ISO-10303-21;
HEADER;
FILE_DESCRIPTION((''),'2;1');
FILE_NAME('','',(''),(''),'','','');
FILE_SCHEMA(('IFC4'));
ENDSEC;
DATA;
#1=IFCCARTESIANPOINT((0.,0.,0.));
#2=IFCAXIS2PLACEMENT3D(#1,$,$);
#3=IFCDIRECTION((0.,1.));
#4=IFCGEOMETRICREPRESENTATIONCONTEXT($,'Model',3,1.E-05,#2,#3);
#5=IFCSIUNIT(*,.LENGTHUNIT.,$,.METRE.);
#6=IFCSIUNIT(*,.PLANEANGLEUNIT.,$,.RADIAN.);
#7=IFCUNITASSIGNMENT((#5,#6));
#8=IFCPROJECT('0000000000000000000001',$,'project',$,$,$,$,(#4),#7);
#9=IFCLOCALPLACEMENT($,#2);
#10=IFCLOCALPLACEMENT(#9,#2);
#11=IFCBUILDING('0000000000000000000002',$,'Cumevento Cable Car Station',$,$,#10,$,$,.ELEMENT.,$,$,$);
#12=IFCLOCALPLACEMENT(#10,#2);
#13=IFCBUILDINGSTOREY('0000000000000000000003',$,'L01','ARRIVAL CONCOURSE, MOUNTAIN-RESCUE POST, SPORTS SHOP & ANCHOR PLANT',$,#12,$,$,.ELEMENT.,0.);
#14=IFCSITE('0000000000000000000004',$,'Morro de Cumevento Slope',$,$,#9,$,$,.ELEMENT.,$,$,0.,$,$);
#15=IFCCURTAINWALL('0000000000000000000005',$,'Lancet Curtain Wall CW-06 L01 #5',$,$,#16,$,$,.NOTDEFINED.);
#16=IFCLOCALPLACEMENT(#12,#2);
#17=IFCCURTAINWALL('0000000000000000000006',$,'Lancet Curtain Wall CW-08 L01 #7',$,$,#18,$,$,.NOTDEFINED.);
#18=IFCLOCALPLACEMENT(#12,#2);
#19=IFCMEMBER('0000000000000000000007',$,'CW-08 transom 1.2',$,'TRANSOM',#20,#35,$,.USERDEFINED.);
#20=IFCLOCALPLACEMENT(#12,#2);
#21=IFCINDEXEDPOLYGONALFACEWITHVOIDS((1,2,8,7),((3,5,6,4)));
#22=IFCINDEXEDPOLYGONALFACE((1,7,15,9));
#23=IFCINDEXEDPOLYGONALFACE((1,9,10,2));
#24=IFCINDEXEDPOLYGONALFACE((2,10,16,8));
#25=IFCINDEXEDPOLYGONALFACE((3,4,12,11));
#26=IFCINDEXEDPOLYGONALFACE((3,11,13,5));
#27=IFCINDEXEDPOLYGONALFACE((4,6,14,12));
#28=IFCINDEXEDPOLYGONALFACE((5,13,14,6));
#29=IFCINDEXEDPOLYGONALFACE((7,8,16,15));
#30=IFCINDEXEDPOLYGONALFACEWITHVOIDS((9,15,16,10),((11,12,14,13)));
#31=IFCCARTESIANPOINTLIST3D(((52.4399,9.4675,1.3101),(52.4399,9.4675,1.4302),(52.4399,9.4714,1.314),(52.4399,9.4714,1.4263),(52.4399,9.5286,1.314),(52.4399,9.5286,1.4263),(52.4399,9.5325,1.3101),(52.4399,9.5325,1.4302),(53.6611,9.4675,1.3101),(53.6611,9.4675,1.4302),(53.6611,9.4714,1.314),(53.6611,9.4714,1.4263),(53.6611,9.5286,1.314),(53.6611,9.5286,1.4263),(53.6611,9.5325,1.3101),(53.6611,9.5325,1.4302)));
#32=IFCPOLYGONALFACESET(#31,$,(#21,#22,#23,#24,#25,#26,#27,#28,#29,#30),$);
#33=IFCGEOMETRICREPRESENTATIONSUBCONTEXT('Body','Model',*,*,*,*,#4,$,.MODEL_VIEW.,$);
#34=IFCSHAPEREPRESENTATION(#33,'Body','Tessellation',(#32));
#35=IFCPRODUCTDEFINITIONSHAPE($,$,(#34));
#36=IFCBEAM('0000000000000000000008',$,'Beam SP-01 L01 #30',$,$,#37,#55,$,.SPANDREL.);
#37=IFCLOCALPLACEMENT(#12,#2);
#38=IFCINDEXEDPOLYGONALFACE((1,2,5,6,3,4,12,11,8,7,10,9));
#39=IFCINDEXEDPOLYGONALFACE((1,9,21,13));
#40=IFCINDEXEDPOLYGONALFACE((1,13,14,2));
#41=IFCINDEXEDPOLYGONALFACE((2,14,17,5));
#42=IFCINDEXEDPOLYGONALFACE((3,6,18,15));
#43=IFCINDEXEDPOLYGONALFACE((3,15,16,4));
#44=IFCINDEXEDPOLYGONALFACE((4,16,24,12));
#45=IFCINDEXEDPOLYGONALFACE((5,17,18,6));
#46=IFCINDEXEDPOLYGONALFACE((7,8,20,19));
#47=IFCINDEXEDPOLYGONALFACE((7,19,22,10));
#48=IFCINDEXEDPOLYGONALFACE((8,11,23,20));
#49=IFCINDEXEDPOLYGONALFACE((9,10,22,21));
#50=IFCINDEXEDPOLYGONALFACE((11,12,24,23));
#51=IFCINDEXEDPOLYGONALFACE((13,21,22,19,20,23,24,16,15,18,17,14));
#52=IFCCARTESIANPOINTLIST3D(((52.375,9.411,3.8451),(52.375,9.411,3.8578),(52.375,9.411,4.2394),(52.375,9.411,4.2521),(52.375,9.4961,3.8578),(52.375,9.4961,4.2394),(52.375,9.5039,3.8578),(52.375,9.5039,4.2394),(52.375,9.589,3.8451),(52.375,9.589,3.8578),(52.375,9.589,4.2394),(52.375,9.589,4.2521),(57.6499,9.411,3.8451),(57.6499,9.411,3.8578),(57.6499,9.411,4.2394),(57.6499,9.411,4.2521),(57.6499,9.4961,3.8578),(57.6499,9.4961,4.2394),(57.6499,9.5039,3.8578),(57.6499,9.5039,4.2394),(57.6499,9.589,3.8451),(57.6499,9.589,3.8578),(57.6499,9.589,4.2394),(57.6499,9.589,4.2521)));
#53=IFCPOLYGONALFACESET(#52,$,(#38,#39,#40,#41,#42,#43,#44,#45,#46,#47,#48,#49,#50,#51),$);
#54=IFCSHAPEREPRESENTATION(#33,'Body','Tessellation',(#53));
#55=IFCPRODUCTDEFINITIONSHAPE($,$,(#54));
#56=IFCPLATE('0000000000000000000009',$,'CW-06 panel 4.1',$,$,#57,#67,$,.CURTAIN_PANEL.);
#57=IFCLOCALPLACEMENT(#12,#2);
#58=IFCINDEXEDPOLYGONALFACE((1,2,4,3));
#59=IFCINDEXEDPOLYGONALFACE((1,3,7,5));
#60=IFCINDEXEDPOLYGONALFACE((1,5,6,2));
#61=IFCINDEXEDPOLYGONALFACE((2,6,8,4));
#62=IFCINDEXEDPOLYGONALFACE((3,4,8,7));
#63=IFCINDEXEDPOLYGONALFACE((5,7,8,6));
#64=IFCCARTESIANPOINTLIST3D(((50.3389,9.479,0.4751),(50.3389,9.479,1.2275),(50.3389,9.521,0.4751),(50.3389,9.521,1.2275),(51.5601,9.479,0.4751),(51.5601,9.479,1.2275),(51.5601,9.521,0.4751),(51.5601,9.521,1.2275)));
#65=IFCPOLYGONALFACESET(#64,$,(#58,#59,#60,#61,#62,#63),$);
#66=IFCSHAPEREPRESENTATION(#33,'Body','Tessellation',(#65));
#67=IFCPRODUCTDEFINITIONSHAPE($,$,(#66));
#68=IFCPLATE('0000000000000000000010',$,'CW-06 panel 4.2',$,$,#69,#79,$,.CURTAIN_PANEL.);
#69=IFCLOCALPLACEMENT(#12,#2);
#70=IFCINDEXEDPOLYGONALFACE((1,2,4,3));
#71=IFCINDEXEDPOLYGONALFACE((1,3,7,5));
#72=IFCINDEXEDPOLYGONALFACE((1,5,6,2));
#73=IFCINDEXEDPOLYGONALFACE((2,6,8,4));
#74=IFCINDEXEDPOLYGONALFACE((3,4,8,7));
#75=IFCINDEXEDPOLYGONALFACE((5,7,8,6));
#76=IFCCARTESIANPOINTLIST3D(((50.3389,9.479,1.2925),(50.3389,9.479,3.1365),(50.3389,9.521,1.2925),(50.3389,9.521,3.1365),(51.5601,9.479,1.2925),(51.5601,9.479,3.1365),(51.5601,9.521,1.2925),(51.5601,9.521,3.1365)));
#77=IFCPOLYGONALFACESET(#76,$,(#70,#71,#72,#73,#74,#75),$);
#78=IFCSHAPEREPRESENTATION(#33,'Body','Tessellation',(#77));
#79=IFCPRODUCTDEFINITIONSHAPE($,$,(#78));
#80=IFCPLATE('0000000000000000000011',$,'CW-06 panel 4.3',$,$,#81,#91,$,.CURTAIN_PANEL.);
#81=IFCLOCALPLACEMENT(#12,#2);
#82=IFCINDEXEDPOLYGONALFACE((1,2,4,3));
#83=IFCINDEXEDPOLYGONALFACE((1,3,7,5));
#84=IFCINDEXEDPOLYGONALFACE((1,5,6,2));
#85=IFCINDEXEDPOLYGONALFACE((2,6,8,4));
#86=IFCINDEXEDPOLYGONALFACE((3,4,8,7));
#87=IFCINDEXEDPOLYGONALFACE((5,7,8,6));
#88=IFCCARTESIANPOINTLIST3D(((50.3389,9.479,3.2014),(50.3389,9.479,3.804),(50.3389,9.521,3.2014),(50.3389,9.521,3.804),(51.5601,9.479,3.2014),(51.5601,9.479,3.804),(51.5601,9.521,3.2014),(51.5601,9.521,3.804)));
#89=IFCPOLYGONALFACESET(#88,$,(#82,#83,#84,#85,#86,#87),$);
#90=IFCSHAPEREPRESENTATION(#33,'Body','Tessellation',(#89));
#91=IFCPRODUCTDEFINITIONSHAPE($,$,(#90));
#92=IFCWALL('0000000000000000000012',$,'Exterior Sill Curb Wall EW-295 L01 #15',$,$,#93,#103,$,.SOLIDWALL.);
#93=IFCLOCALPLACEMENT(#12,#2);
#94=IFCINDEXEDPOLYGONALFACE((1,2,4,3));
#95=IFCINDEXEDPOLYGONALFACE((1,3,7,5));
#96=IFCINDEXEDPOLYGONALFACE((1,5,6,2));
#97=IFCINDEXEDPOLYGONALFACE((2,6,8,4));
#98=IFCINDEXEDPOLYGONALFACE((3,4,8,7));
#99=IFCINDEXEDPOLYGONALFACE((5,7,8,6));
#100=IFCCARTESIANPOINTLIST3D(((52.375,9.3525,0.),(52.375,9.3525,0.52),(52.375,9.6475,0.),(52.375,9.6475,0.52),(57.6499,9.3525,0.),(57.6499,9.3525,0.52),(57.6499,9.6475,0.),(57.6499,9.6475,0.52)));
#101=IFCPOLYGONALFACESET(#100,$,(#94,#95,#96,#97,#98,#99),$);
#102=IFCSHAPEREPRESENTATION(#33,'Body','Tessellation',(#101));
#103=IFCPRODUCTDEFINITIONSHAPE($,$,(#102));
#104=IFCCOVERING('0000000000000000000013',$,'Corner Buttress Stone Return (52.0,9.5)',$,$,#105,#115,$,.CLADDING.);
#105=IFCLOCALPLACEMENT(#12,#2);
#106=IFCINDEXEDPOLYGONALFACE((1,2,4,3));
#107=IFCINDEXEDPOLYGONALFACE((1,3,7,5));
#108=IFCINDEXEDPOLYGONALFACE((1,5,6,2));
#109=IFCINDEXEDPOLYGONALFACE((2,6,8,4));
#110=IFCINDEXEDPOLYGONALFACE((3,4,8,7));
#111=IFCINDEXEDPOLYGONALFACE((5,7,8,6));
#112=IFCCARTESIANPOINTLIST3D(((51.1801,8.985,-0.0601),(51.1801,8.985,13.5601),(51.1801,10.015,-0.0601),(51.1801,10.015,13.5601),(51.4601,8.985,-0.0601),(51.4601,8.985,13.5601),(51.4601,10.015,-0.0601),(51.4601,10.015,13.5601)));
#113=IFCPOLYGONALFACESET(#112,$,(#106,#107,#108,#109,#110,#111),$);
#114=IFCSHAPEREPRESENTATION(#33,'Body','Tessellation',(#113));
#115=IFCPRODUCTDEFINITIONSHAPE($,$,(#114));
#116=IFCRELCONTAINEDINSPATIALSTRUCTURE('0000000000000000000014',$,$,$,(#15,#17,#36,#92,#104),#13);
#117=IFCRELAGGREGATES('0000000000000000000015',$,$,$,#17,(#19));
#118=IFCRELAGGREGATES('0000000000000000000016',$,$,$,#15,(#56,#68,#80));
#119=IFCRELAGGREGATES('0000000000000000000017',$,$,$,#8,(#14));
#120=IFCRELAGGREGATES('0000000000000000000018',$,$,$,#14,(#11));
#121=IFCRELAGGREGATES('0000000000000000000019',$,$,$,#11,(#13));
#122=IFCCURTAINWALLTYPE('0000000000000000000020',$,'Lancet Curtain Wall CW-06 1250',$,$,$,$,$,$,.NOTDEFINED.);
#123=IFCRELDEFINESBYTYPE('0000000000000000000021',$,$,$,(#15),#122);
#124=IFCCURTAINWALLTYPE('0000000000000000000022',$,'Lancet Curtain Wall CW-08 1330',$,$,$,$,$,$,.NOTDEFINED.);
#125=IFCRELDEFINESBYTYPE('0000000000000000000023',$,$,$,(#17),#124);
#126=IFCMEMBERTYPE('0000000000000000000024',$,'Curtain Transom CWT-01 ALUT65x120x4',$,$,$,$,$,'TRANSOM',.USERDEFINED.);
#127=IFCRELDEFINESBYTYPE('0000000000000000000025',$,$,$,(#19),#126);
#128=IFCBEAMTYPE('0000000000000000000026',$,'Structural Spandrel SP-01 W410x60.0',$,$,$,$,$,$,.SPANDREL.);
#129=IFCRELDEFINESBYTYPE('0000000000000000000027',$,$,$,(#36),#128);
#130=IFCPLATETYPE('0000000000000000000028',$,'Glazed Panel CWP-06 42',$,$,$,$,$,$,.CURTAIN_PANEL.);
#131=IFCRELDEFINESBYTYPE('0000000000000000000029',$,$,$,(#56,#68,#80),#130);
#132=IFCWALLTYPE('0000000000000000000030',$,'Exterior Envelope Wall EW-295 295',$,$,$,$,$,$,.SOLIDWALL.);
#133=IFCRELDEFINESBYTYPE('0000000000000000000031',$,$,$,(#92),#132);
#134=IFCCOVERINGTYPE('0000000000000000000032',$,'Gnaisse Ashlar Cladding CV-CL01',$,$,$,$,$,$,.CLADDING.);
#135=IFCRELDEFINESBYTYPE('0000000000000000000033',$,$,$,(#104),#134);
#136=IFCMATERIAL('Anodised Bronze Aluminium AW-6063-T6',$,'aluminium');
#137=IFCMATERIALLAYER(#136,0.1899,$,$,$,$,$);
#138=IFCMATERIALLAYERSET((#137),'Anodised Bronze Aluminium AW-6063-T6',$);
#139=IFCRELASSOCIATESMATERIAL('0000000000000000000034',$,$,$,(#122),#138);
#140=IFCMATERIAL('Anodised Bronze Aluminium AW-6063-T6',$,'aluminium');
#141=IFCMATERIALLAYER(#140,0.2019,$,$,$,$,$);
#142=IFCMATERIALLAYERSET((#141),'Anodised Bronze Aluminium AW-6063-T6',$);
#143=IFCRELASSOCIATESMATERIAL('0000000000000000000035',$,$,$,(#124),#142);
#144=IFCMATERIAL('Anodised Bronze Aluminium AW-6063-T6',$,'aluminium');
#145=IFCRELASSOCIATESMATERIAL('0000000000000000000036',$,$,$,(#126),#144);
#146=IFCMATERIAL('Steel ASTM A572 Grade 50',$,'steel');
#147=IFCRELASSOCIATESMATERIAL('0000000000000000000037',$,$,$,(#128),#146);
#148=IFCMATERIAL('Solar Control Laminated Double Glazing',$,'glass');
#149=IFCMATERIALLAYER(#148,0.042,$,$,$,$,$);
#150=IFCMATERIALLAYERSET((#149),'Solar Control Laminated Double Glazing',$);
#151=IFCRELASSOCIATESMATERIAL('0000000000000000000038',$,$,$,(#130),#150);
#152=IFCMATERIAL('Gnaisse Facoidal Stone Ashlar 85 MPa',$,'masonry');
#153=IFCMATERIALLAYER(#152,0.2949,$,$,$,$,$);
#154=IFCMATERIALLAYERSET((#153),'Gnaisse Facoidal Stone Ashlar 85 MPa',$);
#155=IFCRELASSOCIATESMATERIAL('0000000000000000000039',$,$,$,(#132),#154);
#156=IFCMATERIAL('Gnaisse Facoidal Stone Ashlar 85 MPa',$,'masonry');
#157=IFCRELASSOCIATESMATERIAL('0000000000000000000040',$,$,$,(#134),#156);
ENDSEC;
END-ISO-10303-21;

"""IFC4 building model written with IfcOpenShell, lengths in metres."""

from ifc_helpers import new_model, si_unit, direction, frame, frame_2d, origin, origin_2d, place, context, subcontext, project, spatial, rectangle, hollow_rectangle, i_section, extrude, material, layer, layer_set, material_profile, profile_set, type_object, element, aggregate, save


model = new_model("IFC4")

# Units and contexts
model_context = context("Model", 3, precision=1e-05, world=origin(), true_north=direction((0.0, 1.0)))
body_context = subcontext(model_context, "Body", "Model", "MODEL_VIEW")
ifc_project = project(units=[si_unit("LENGTHUNIT", "METRE"), si_unit("PLANEANGLEUNIT", "RADIAN")], contexts=[model_context])

# Site, building, storey
site_placement = place(None, origin())
site = spatial("IfcSite", under=ifc_project, at=site_placement, Name="Morro de Cumevento Slope", CompositionType="ELEMENT", RefElevation=0.0)
building_placement = place(site_placement, origin())
building = spatial("IfcBuilding", under=site, at=building_placement, Name="Cumevento Cable Car Station", CompositionType="ELEMENT")
storey_placement = place(building_placement, origin())
storey = spatial("IfcBuildingStorey", under=building, at=storey_placement, Name="L01", Description="ARRIVAL CONCOURSE, MOUNTAIN-RESCUE POST, SPORTS SHOP & ANCHOR PLANT", CompositionType="ELEMENT", Elevation=0.0)

# Curtain walls
ifc_material_1 = material(Name="Anodised Bronze Aluminium AW-6063-T6", Category="aluminium")
ifc_layer_1 = layer(ifc_material_1, 0.1899)
ifc_layer_set_1 = layer_set([ifc_layer_1], Name="Anodised Bronze Aluminium AW-6063-T6")
curtain_wall_type_1 = type_object("IfcCurtainWallType", Name="Lancet Curtain Wall CW-06 1250", PredefinedType="NOTDEFINED", material=ifc_layer_set_1)
curtain_wall_1_placement = place(storey_placement, origin())
curtain_wall_1 = element("IfcCurtainWall", 1, at=curtain_wall_1_placement, inside=storey, type_object=curtain_wall_type_1, Name="Lancet Curtain Wall CW-06 L01 #5", PredefinedType="NOTDEFINED")
ifc_material_2 = material(Name="Anodised Bronze Aluminium AW-6063-T6", Category="aluminium")
ifc_layer_2 = layer(ifc_material_2, 0.2019)
ifc_layer_set_2 = layer_set([ifc_layer_2], Name="Anodised Bronze Aluminium AW-6063-T6")
curtain_wall_type_2 = type_object("IfcCurtainWallType", Name="Lancet Curtain Wall CW-08 1330", PredefinedType="NOTDEFINED", material=ifc_layer_set_2)
curtain_wall_2_placement = place(storey_placement, origin())
curtain_wall_2 = element("IfcCurtainWall", 2, at=curtain_wall_2_placement, inside=storey, type_object=curtain_wall_type_2, Name="Lancet Curtain Wall CW-08 L01 #7", PredefinedType="NOTDEFINED")

# Member
ifc_material_3 = material(Name="Anodised Bronze Aluminium AW-6063-T6", Category="aluminium")
ifc_material_profile_1 = material_profile(ifc_material_3, hollow_rectangle(XDim=0.0649, YDim=0.1201, WallThickness=0.0039, at=origin_2d()), Name="ALUT65x120x4")
ifc_profile_set_1 = profile_set([ifc_material_profile_1], Name="Anodised Bronze Aluminium AW-6063-T6")
member_type_1 = type_object("IfcMemberType", Name="Curtain Transom CWT-01 ALUT65x120x4", ElementType="TRANSOM", PredefinedType="USERDEFINED", material=ifc_profile_set_1)
member_1_placement = place(storey_placement, frame((52.4399, 9.5, 1.3701), z_axis=(1.0, 0.0, 0.0), x_axis=(0.0, 1.0, 0.0)))
member_1 = element("IfcMember", 3, at=member_1_placement, type_object=member_type_1, Name="CW-08 transom 1.2", ObjectType="TRANSOM", PredefinedType="USERDEFINED", context=body_context, shape_type="SweptSolid", body=[
    extrude(hollow_rectangle(XDim=0.0649, YDim=0.1201, WallThickness=0.0039, at=origin_2d()), origin(), (0.0, 0.0, 1.0), 1.2212),
])
aggregate(curtain_wall_2, [member_1])

# Beam
ifc_material_4 = material(Name="Steel ASTM A572 Grade 50", Category="steel")
ifc_material_profile_2 = material_profile(ifc_material_4, i_section(OverallWidth=0.178, OverallDepth=0.407, WebThickness=0.0078, FlangeThickness=0.0127, at=origin_2d()), Name="W410x60.0")
ifc_profile_set_2 = profile_set([ifc_material_profile_2], Name="Steel ASTM A572 Grade 50")
beam_type = type_object("IfcBeamType", Name="Structural Spandrel SP-01 W410x60.0", PredefinedType="SPANDREL", material=ifc_profile_set_2)
beam_placement = place(storey_placement, frame((52.375, 9.5, 4.0486), z_axis=(1.0, 0.0, 0.0), x_axis=(0.0, 1.0, 0.0)))
element("IfcBeam", 4, at=beam_placement, inside=storey, type_object=beam_type, Name="Beam SP-01 L01 #30", PredefinedType="SPANDREL", context=body_context, shape_type="SweptSolid", body=[
    extrude(i_section(OverallWidth=0.178, OverallDepth=0.407, WebThickness=0.0078, FlangeThickness=0.0127, at=origin_2d()), origin(), (0.0, 0.0, 1.0), 5.2749),
])

# Plates
ifc_material_5 = material(Name="Solar Control Laminated Double Glazing", Category="glass")
ifc_layer_3 = layer(ifc_material_5, 0.042)
ifc_layer_set_3 = layer_set([ifc_layer_3], Name="Solar Control Laminated Double Glazing")
plate_type = type_object("IfcPlateType", Name="Glazed Panel CWP-06 42", PredefinedType="CURTAIN_PANEL", material=ifc_layer_set_3)
plate_1_placement = place(storey_placement, frame((50.9495, 9.5, 0.4751), z_axis=(0.0, 0.0, 1.0), x_axis=(1.0, 0.0, 0.0)))
plate_1 = element("IfcPlate", 5, at=plate_1_placement, type_object=plate_type, Name="CW-06 panel 4.1", PredefinedType="CURTAIN_PANEL", context=body_context, shape_type="SweptSolid", body=[
    extrude(rectangle(XDim=1.2212, YDim=0.042, at=origin_2d()), origin(), (0.0, 0.0, 1.0), 0.7524),
])
plate_2_placement = place(storey_placement, frame((50.9495, 9.5, 1.2925), z_axis=(0.0, 0.0, 1.0), x_axis=(1.0, 0.0, 0.0)))
plate_2 = element("IfcPlate", 6, at=plate_2_placement, type_object=plate_type, Name="CW-06 panel 4.2", PredefinedType="CURTAIN_PANEL", context=body_context, shape_type="SweptSolid", body=[
    extrude(rectangle(XDim=1.2212, YDim=0.042, at=origin_2d()), origin(), (0.0, 0.0, 1.0), 1.844),
])
plate_3_placement = place(storey_placement, frame((50.9495, 9.5, 3.2014), z_axis=(0.0, 0.0, 1.0), x_axis=(1.0, 0.0, 0.0)))
plate_3 = element("IfcPlate", 7, at=plate_3_placement, type_object=plate_type, Name="CW-06 panel 4.3", PredefinedType="CURTAIN_PANEL", context=body_context, shape_type="SweptSolid", body=[
    extrude(rectangle(XDim=1.2212, YDim=0.042, at=origin_2d()), origin(), (0.0, 0.0, 1.0), 0.6025),
])
aggregate(curtain_wall_1, [plate_1, plate_2, plate_3])

# Wall
ifc_material_6 = material(Name="Gnaisse Facoidal Stone Ashlar 85 MPa", Category="masonry")
ifc_layer_4 = layer(ifc_material_6, 0.2949)
ifc_layer_set_4 = layer_set([ifc_layer_4], Name="Gnaisse Facoidal Stone Ashlar 85 MPa")
wall_type = type_object("IfcWallType", Name="Exterior Envelope Wall EW-295 295", PredefinedType="SOLIDWALL", material=ifc_layer_set_4)
wall_placement = place(storey_placement, frame((52.375, 9.5, 0.0), z_axis=(0.0, 0.0, 1.0), x_axis=(1.0, 0.0, 0.0)))
element("IfcWall", 8, at=wall_placement, inside=storey, type_object=wall_type, Name="Exterior Sill Curb Wall EW-295 L01 #15", PredefinedType="SOLIDWALL", context=body_context, shape_type="SweptSolid", body=[
    extrude(rectangle(XDim=5.2749, YDim=0.2949, at=frame_2d((2.6375, 0.0))), origin(), (0.0, 0.0, 1.0), 0.52),
])

# Covering
ifc_material_7 = material(Name="Gnaisse Facoidal Stone Ashlar 85 MPa", Category="masonry")
covering_type = type_object("IfcCoveringType", Name="Gnaisse Ashlar Cladding CV-CL01", PredefinedType="CLADDING", material=ifc_material_7)
covering_1_placement = place(storey_placement, frame((51.3201, 9.5, -0.0601), z_axis=(0.0, 0.0, 1.0), x_axis=(1.0, 0.0, 0.0)))
element("IfcCovering", 9, at=covering_1_placement, inside=storey, type_object=covering_type, Name="Corner Buttress Stone Return (52.0,9.5)", PredefinedType="CLADDING", context=body_context, shape_type="SweptSolid", body=[
    extrude(rectangle(XDim=0.28, YDim=1.03, at=origin_2d()), origin(), (0.0, 0.0, 1.0), 13.6201),
])

save(model, "model.ifc")
